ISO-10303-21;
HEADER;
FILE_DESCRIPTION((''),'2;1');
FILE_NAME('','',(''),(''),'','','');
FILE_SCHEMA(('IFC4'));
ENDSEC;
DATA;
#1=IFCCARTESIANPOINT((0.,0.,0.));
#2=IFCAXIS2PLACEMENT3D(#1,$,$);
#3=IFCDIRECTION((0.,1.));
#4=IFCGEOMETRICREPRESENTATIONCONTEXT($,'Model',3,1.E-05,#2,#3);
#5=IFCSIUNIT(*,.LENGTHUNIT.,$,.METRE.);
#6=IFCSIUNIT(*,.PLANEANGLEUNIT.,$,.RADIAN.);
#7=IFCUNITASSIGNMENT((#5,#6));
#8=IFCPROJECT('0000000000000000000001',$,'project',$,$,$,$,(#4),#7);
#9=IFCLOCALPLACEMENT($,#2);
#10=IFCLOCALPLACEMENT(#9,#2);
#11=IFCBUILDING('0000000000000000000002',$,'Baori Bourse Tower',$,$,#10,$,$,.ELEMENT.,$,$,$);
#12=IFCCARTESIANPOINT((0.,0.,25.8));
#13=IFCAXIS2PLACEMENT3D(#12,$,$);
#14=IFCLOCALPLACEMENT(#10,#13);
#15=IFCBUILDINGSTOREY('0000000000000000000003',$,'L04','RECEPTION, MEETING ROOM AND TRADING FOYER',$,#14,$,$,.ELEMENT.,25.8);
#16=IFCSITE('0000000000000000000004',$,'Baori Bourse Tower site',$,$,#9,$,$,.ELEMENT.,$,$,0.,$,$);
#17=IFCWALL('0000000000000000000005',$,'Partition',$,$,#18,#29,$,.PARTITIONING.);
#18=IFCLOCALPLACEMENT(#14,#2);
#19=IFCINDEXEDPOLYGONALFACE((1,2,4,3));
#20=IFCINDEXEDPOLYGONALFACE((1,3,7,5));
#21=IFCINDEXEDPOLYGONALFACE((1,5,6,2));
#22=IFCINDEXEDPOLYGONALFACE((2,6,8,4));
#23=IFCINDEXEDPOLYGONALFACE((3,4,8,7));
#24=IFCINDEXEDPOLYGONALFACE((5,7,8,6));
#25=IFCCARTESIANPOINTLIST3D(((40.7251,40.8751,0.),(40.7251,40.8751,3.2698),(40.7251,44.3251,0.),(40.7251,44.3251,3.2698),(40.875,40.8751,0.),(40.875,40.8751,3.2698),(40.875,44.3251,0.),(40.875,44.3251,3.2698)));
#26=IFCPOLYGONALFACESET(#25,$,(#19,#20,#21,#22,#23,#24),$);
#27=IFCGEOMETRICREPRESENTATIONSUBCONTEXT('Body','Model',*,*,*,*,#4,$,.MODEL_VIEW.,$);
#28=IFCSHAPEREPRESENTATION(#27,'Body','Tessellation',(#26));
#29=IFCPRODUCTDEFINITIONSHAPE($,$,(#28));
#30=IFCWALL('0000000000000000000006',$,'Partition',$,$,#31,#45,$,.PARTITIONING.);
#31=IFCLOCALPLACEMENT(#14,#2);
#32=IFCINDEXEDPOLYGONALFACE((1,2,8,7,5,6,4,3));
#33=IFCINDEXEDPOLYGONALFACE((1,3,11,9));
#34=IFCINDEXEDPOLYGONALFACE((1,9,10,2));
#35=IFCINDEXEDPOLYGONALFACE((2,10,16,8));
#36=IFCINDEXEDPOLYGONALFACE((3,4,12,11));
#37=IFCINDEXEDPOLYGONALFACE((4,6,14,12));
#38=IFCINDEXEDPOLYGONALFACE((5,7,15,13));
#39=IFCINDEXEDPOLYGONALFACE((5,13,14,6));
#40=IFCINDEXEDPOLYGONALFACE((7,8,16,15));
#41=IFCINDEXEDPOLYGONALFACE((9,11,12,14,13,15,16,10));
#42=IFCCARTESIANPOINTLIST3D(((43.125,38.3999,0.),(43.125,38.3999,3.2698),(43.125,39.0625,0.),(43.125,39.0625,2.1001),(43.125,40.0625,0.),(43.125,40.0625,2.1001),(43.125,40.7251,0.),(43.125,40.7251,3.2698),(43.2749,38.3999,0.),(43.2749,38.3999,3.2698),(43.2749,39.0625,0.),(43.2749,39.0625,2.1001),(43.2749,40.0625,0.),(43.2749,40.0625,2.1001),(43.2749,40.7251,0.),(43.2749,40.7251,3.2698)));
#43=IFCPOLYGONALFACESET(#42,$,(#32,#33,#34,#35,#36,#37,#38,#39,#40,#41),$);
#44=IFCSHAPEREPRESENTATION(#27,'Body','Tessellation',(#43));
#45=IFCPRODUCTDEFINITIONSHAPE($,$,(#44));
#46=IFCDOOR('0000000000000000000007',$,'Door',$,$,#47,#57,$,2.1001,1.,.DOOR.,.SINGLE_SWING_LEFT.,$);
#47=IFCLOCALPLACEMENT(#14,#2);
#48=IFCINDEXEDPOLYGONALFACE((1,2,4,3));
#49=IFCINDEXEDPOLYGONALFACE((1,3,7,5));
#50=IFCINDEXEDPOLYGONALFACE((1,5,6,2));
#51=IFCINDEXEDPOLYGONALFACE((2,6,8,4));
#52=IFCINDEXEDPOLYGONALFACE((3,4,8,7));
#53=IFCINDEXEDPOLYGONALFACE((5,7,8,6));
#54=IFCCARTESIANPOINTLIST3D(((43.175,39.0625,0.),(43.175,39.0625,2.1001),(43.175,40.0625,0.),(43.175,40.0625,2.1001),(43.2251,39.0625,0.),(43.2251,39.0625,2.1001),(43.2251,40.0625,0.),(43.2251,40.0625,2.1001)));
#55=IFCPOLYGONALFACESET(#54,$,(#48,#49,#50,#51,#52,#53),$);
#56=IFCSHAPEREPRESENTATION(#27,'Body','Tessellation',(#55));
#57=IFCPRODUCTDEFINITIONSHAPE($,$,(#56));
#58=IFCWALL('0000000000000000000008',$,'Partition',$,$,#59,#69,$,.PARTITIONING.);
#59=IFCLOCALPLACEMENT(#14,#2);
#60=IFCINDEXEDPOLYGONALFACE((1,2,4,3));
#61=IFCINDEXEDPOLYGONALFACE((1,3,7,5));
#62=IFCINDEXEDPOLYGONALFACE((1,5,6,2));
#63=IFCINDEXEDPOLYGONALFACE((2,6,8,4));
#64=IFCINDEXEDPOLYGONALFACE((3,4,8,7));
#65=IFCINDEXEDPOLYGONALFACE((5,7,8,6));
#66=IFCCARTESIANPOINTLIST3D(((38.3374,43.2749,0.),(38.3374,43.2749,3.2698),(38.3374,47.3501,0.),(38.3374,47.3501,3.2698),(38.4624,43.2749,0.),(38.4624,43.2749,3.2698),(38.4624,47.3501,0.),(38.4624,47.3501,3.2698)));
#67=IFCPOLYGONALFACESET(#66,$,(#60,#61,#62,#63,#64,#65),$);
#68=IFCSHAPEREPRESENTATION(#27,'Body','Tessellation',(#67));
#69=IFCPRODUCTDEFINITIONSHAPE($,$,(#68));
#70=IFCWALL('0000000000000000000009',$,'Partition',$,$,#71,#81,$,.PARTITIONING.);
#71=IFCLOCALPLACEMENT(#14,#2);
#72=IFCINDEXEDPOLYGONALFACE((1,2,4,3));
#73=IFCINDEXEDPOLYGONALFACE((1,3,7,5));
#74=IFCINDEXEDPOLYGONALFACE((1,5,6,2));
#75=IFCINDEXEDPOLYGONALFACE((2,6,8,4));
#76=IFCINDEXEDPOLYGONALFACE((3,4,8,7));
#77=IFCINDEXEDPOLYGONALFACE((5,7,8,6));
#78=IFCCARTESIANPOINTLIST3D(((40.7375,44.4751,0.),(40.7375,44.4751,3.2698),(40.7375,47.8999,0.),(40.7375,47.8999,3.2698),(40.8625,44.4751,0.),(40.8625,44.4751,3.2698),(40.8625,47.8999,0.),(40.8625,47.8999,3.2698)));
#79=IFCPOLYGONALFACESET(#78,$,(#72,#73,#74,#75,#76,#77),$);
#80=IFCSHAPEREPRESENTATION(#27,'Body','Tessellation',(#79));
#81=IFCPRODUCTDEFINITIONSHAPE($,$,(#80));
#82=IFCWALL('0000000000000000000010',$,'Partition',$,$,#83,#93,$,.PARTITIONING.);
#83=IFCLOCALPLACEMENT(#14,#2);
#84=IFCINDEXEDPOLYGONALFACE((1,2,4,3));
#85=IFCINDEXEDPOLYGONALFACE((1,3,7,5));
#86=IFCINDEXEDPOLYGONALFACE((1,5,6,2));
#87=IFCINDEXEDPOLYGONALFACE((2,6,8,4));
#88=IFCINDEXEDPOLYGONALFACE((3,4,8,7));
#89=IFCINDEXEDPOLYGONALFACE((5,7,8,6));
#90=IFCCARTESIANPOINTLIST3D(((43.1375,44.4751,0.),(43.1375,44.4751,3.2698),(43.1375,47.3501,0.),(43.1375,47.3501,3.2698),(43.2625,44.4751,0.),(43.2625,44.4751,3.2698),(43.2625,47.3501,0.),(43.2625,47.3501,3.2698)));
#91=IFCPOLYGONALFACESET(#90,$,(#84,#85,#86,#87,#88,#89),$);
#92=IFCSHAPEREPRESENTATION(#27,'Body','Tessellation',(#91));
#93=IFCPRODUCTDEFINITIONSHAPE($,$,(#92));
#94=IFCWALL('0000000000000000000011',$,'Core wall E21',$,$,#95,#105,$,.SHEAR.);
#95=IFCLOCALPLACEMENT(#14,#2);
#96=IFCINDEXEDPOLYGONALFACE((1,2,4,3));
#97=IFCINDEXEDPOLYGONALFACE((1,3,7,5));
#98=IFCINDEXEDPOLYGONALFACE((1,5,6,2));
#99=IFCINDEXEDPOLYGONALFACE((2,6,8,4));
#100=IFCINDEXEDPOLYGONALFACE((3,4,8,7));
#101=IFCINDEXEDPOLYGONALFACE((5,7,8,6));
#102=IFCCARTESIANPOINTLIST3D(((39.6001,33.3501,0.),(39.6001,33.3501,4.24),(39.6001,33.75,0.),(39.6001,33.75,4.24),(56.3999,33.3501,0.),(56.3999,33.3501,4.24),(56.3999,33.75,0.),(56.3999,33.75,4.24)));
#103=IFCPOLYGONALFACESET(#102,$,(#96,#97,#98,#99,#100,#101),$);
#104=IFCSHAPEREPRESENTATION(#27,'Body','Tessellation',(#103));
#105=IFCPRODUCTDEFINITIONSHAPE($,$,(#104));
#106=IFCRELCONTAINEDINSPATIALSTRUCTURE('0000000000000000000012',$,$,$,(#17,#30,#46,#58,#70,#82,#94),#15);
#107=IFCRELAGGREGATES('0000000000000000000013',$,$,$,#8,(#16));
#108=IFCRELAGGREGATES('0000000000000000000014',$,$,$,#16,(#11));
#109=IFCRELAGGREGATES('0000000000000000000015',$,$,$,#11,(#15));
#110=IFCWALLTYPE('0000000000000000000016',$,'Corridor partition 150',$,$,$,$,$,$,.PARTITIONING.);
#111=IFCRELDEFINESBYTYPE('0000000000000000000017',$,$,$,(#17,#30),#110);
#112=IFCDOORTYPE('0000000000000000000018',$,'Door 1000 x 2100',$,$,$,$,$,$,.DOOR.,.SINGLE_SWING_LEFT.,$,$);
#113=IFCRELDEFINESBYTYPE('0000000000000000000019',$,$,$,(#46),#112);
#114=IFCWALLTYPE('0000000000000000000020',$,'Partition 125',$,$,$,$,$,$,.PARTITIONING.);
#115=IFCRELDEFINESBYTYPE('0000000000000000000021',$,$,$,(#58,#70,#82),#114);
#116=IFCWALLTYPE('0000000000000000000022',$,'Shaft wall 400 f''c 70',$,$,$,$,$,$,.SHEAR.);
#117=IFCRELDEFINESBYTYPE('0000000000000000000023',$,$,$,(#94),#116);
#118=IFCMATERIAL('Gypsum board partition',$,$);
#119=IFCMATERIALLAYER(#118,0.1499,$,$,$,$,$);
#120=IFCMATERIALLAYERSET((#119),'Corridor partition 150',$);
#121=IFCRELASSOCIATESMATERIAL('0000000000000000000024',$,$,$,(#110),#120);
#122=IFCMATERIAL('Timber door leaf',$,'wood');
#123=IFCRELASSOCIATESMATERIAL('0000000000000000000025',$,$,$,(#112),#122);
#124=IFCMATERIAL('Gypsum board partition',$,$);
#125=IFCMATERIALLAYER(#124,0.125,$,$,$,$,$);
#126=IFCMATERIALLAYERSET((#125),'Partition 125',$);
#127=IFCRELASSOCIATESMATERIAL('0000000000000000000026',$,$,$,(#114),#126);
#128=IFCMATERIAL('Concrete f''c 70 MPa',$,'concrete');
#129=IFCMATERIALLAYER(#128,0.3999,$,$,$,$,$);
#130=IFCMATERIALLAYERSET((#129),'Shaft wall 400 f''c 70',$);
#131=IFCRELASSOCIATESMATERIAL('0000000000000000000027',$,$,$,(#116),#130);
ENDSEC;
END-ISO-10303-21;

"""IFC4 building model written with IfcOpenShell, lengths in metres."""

from ifc_helpers import new_model, si_unit, direction, frame, frame_2d, origin, place, context, subcontext, project, spatial, rectangle, extrude, material, layer, layer_set, type_object, element, fill, save


model = new_model("IFC4")

# Units and contexts
model_context = context("Model", 3, precision=1e-05, world=origin(), true_north=direction((0.0, 1.0)))
body_context = subcontext(model_context, "Body", "Model", "MODEL_VIEW")
ifc_project = project(units=[si_unit("LENGTHUNIT", "METRE"), si_unit("PLANEANGLEUNIT", "RADIAN")], contexts=[model_context])

# Site, building, storey
site_placement = place(None, origin())
site = spatial("IfcSite", under=ifc_project, at=site_placement, Name="Baori Bourse Tower site", CompositionType="ELEMENT", RefElevation=0.0)
building_placement = place(site_placement, origin())
building = spatial("IfcBuilding", under=site, at=building_placement, Name="Baori Bourse Tower", CompositionType="ELEMENT")
storey_placement = place(building_placement, frame((0.0, 0.0, 25.8)))
storey = spatial("IfcBuildingStorey", under=building, at=storey_placement, Name="L04", Description="RECEPTION, MEETING ROOM AND TRADING FOYER", CompositionType="ELEMENT", Elevation=25.8)

# Shared definitions
ifc_material_1 = material(Name="Gypsum board partition")
ifc_layer_1 = layer(ifc_material_1, 0.1499)
ifc_layer_set_1 = layer_set([ifc_layer_1], Name="Corridor partition 150")
wall_type_1 = type_object("IfcWallType", Name="Corridor partition 150", PredefinedType="PARTITIONING", material=ifc_layer_set_1)
ifc_material_2 = material(Name="Timber door leaf", Category="wood")
door_type_1 = type_object("IfcDoorType", Name="Door 1000 x 2100", OperationType="SINGLE_SWING_LEFT", PredefinedType="DOOR", material=ifc_material_2)

# Wall
wall_1_placement = place(storey_placement, frame((40.8, 40.875, 0.0), z_axis=(0.0, 0.0, 1.0), x_axis=(0.0, 1.0, 0.0)))
element("IfcWall", 1, at=wall_1_placement, inside=storey, type_object=wall_type_1, Name="Partition", PredefinedType="PARTITIONING", context=body_context, shape_type="SweptSolid", body=[
    extrude(rectangle(XDim=3.45, YDim=0.1499, at=frame_2d((1.7251, 0.0))), origin(), (0.0, 0.0, 1.0), 3.2698),
])

# Wall, opening, door
wall_2_placement = place(storey_placement, frame((43.2, 38.3999, 0.0), z_axis=(0.0, 0.0, 1.0), x_axis=(0.0, 1.0, 0.0)))
wall_2 = element("IfcWall", 2, at=wall_2_placement, inside=storey, type_object=wall_type_1, Name="Partition", PredefinedType="PARTITIONING", context=body_context, shape_type="SweptSolid", body=[
    extrude(rectangle(XDim=2.3252, YDim=0.1499, at=frame_2d((1.1626, 0.0))), origin(), (0.0, 0.0, 1.0), 3.2698),
])
opening_1_placement = place(wall_2_placement, frame((0.6626, 0.0, 0.0)))
opening_1 = element("IfcOpeningElement", 3, at=opening_1_placement, cuts=wall_2, PredefinedType="OPENING", context=body_context, shape_type="SweptSolid", body=[
    extrude(rectangle(XDim=1.0, YDim=2.1001, at=frame_2d((0.5, 1.05))), frame((0.0, 0.085, 0.0), z_axis=(0.0, -1.0, 0.0), x_axis=(1.0, 0.0, 0.0)), (0.0, 0.0, 1.0), 0.1699),
])
door_1_placement = place(opening_1_placement, origin())
door_1 = element("IfcDoor", 4, at=door_1_placement, inside=storey, type_object=door_type_1, Name="Door", OperationType="SINGLE_SWING_LEFT", OverallHeight=2.1001, OverallWidth=1.0, PredefinedType="DOOR", context=body_context, shape_type="SweptSolid", body=[
    extrude(rectangle(XDim=1.0, YDim=2.1001, at=frame_2d((0.5, 1.05))), frame((0.0, 0.0249, 0.0), z_axis=(0.0, -1.0, 0.0), x_axis=(1.0, 0.0, 0.0)), (0.0, 0.0, 1.0), 0.05),
])
fill(opening_1, door_1)

# Walls
ifc_material_3 = material(Name="Gypsum board partition")
ifc_layer_2 = layer(ifc_material_3, 0.125)
ifc_layer_set_2 = layer_set([ifc_layer_2], Name="Partition 125")
wall_type_2 = type_object("IfcWallType", Name="Partition 125", PredefinedType="PARTITIONING", material=ifc_layer_set_2)
wall_3_placement = place(storey_placement, frame((38.3999, 43.2749, 0.0), z_axis=(0.0, 0.0, 1.0), x_axis=(0.0, 1.0, 0.0)))
element("IfcWall", 5, at=wall_3_placement, inside=storey, type_object=wall_type_2, Name="Partition", PredefinedType="PARTITIONING", context=body_context, shape_type="SweptSolid", body=[
    extrude(rectangle(XDim=4.0752, YDim=0.125, at=frame_2d((2.0376, 0.0))), origin(), (0.0, 0.0, 1.0), 3.2698),
])
wall_4_placement = place(storey_placement, frame((40.8, 44.4751, 0.0), z_axis=(0.0, 0.0, 1.0), x_axis=(0.0, 1.0, 0.0)))
element("IfcWall", 6, at=wall_4_placement, inside=storey, type_object=wall_type_2, Name="Partition", PredefinedType="PARTITIONING", context=body_context, shape_type="SweptSolid", body=[
    extrude(rectangle(XDim=3.4248, YDim=0.125, at=frame_2d((1.7124, 0.0))), origin(), (0.0, 0.0, 1.0), 3.2698),
])
wall_5_placement = place(storey_placement, frame((43.2, 44.4751, 0.0), z_axis=(0.0, 0.0, 1.0), x_axis=(0.0, 1.0, 0.0)))
element("IfcWall", 7, at=wall_5_placement, inside=storey, type_object=wall_type_2, Name="Partition", PredefinedType="PARTITIONING", context=body_context, shape_type="SweptSolid", body=[
    extrude(rectangle(XDim=2.875, YDim=0.125, at=frame_2d((1.4375, 0.0))), origin(), (0.0, 0.0, 1.0), 3.2698),
])
ifc_material_4 = material(Name="Concrete f'c 70 MPa", Category="concrete")
ifc_layer_3 = layer(ifc_material_4, 0.3999)
ifc_layer_set_3 = layer_set([ifc_layer_3], Name="Shaft wall 400 f'c 70")
wall_type_3 = type_object("IfcWallType", Name="Shaft wall 400 f'c 70", PredefinedType="SHEAR", material=ifc_layer_set_3)
wall_6_placement = place(storey_placement, frame((39.6001, 33.55, 0.0), z_axis=(0.0, 0.0, 1.0), x_axis=(1.0, 0.0, 0.0)))
element("IfcWall", 8, at=wall_6_placement, inside=storey, type_object=wall_type_3, Name="Core wall E21", PredefinedType="SHEAR", context=body_context, shape_type="SweptSolid", body=[
    extrude(rectangle(XDim=16.7998, YDim=0.3999, at=frame_2d((8.3999, 0.0))), origin(), (0.0, 0.0, 1.0), 4.24),
])

save(model, "model.ifc")
